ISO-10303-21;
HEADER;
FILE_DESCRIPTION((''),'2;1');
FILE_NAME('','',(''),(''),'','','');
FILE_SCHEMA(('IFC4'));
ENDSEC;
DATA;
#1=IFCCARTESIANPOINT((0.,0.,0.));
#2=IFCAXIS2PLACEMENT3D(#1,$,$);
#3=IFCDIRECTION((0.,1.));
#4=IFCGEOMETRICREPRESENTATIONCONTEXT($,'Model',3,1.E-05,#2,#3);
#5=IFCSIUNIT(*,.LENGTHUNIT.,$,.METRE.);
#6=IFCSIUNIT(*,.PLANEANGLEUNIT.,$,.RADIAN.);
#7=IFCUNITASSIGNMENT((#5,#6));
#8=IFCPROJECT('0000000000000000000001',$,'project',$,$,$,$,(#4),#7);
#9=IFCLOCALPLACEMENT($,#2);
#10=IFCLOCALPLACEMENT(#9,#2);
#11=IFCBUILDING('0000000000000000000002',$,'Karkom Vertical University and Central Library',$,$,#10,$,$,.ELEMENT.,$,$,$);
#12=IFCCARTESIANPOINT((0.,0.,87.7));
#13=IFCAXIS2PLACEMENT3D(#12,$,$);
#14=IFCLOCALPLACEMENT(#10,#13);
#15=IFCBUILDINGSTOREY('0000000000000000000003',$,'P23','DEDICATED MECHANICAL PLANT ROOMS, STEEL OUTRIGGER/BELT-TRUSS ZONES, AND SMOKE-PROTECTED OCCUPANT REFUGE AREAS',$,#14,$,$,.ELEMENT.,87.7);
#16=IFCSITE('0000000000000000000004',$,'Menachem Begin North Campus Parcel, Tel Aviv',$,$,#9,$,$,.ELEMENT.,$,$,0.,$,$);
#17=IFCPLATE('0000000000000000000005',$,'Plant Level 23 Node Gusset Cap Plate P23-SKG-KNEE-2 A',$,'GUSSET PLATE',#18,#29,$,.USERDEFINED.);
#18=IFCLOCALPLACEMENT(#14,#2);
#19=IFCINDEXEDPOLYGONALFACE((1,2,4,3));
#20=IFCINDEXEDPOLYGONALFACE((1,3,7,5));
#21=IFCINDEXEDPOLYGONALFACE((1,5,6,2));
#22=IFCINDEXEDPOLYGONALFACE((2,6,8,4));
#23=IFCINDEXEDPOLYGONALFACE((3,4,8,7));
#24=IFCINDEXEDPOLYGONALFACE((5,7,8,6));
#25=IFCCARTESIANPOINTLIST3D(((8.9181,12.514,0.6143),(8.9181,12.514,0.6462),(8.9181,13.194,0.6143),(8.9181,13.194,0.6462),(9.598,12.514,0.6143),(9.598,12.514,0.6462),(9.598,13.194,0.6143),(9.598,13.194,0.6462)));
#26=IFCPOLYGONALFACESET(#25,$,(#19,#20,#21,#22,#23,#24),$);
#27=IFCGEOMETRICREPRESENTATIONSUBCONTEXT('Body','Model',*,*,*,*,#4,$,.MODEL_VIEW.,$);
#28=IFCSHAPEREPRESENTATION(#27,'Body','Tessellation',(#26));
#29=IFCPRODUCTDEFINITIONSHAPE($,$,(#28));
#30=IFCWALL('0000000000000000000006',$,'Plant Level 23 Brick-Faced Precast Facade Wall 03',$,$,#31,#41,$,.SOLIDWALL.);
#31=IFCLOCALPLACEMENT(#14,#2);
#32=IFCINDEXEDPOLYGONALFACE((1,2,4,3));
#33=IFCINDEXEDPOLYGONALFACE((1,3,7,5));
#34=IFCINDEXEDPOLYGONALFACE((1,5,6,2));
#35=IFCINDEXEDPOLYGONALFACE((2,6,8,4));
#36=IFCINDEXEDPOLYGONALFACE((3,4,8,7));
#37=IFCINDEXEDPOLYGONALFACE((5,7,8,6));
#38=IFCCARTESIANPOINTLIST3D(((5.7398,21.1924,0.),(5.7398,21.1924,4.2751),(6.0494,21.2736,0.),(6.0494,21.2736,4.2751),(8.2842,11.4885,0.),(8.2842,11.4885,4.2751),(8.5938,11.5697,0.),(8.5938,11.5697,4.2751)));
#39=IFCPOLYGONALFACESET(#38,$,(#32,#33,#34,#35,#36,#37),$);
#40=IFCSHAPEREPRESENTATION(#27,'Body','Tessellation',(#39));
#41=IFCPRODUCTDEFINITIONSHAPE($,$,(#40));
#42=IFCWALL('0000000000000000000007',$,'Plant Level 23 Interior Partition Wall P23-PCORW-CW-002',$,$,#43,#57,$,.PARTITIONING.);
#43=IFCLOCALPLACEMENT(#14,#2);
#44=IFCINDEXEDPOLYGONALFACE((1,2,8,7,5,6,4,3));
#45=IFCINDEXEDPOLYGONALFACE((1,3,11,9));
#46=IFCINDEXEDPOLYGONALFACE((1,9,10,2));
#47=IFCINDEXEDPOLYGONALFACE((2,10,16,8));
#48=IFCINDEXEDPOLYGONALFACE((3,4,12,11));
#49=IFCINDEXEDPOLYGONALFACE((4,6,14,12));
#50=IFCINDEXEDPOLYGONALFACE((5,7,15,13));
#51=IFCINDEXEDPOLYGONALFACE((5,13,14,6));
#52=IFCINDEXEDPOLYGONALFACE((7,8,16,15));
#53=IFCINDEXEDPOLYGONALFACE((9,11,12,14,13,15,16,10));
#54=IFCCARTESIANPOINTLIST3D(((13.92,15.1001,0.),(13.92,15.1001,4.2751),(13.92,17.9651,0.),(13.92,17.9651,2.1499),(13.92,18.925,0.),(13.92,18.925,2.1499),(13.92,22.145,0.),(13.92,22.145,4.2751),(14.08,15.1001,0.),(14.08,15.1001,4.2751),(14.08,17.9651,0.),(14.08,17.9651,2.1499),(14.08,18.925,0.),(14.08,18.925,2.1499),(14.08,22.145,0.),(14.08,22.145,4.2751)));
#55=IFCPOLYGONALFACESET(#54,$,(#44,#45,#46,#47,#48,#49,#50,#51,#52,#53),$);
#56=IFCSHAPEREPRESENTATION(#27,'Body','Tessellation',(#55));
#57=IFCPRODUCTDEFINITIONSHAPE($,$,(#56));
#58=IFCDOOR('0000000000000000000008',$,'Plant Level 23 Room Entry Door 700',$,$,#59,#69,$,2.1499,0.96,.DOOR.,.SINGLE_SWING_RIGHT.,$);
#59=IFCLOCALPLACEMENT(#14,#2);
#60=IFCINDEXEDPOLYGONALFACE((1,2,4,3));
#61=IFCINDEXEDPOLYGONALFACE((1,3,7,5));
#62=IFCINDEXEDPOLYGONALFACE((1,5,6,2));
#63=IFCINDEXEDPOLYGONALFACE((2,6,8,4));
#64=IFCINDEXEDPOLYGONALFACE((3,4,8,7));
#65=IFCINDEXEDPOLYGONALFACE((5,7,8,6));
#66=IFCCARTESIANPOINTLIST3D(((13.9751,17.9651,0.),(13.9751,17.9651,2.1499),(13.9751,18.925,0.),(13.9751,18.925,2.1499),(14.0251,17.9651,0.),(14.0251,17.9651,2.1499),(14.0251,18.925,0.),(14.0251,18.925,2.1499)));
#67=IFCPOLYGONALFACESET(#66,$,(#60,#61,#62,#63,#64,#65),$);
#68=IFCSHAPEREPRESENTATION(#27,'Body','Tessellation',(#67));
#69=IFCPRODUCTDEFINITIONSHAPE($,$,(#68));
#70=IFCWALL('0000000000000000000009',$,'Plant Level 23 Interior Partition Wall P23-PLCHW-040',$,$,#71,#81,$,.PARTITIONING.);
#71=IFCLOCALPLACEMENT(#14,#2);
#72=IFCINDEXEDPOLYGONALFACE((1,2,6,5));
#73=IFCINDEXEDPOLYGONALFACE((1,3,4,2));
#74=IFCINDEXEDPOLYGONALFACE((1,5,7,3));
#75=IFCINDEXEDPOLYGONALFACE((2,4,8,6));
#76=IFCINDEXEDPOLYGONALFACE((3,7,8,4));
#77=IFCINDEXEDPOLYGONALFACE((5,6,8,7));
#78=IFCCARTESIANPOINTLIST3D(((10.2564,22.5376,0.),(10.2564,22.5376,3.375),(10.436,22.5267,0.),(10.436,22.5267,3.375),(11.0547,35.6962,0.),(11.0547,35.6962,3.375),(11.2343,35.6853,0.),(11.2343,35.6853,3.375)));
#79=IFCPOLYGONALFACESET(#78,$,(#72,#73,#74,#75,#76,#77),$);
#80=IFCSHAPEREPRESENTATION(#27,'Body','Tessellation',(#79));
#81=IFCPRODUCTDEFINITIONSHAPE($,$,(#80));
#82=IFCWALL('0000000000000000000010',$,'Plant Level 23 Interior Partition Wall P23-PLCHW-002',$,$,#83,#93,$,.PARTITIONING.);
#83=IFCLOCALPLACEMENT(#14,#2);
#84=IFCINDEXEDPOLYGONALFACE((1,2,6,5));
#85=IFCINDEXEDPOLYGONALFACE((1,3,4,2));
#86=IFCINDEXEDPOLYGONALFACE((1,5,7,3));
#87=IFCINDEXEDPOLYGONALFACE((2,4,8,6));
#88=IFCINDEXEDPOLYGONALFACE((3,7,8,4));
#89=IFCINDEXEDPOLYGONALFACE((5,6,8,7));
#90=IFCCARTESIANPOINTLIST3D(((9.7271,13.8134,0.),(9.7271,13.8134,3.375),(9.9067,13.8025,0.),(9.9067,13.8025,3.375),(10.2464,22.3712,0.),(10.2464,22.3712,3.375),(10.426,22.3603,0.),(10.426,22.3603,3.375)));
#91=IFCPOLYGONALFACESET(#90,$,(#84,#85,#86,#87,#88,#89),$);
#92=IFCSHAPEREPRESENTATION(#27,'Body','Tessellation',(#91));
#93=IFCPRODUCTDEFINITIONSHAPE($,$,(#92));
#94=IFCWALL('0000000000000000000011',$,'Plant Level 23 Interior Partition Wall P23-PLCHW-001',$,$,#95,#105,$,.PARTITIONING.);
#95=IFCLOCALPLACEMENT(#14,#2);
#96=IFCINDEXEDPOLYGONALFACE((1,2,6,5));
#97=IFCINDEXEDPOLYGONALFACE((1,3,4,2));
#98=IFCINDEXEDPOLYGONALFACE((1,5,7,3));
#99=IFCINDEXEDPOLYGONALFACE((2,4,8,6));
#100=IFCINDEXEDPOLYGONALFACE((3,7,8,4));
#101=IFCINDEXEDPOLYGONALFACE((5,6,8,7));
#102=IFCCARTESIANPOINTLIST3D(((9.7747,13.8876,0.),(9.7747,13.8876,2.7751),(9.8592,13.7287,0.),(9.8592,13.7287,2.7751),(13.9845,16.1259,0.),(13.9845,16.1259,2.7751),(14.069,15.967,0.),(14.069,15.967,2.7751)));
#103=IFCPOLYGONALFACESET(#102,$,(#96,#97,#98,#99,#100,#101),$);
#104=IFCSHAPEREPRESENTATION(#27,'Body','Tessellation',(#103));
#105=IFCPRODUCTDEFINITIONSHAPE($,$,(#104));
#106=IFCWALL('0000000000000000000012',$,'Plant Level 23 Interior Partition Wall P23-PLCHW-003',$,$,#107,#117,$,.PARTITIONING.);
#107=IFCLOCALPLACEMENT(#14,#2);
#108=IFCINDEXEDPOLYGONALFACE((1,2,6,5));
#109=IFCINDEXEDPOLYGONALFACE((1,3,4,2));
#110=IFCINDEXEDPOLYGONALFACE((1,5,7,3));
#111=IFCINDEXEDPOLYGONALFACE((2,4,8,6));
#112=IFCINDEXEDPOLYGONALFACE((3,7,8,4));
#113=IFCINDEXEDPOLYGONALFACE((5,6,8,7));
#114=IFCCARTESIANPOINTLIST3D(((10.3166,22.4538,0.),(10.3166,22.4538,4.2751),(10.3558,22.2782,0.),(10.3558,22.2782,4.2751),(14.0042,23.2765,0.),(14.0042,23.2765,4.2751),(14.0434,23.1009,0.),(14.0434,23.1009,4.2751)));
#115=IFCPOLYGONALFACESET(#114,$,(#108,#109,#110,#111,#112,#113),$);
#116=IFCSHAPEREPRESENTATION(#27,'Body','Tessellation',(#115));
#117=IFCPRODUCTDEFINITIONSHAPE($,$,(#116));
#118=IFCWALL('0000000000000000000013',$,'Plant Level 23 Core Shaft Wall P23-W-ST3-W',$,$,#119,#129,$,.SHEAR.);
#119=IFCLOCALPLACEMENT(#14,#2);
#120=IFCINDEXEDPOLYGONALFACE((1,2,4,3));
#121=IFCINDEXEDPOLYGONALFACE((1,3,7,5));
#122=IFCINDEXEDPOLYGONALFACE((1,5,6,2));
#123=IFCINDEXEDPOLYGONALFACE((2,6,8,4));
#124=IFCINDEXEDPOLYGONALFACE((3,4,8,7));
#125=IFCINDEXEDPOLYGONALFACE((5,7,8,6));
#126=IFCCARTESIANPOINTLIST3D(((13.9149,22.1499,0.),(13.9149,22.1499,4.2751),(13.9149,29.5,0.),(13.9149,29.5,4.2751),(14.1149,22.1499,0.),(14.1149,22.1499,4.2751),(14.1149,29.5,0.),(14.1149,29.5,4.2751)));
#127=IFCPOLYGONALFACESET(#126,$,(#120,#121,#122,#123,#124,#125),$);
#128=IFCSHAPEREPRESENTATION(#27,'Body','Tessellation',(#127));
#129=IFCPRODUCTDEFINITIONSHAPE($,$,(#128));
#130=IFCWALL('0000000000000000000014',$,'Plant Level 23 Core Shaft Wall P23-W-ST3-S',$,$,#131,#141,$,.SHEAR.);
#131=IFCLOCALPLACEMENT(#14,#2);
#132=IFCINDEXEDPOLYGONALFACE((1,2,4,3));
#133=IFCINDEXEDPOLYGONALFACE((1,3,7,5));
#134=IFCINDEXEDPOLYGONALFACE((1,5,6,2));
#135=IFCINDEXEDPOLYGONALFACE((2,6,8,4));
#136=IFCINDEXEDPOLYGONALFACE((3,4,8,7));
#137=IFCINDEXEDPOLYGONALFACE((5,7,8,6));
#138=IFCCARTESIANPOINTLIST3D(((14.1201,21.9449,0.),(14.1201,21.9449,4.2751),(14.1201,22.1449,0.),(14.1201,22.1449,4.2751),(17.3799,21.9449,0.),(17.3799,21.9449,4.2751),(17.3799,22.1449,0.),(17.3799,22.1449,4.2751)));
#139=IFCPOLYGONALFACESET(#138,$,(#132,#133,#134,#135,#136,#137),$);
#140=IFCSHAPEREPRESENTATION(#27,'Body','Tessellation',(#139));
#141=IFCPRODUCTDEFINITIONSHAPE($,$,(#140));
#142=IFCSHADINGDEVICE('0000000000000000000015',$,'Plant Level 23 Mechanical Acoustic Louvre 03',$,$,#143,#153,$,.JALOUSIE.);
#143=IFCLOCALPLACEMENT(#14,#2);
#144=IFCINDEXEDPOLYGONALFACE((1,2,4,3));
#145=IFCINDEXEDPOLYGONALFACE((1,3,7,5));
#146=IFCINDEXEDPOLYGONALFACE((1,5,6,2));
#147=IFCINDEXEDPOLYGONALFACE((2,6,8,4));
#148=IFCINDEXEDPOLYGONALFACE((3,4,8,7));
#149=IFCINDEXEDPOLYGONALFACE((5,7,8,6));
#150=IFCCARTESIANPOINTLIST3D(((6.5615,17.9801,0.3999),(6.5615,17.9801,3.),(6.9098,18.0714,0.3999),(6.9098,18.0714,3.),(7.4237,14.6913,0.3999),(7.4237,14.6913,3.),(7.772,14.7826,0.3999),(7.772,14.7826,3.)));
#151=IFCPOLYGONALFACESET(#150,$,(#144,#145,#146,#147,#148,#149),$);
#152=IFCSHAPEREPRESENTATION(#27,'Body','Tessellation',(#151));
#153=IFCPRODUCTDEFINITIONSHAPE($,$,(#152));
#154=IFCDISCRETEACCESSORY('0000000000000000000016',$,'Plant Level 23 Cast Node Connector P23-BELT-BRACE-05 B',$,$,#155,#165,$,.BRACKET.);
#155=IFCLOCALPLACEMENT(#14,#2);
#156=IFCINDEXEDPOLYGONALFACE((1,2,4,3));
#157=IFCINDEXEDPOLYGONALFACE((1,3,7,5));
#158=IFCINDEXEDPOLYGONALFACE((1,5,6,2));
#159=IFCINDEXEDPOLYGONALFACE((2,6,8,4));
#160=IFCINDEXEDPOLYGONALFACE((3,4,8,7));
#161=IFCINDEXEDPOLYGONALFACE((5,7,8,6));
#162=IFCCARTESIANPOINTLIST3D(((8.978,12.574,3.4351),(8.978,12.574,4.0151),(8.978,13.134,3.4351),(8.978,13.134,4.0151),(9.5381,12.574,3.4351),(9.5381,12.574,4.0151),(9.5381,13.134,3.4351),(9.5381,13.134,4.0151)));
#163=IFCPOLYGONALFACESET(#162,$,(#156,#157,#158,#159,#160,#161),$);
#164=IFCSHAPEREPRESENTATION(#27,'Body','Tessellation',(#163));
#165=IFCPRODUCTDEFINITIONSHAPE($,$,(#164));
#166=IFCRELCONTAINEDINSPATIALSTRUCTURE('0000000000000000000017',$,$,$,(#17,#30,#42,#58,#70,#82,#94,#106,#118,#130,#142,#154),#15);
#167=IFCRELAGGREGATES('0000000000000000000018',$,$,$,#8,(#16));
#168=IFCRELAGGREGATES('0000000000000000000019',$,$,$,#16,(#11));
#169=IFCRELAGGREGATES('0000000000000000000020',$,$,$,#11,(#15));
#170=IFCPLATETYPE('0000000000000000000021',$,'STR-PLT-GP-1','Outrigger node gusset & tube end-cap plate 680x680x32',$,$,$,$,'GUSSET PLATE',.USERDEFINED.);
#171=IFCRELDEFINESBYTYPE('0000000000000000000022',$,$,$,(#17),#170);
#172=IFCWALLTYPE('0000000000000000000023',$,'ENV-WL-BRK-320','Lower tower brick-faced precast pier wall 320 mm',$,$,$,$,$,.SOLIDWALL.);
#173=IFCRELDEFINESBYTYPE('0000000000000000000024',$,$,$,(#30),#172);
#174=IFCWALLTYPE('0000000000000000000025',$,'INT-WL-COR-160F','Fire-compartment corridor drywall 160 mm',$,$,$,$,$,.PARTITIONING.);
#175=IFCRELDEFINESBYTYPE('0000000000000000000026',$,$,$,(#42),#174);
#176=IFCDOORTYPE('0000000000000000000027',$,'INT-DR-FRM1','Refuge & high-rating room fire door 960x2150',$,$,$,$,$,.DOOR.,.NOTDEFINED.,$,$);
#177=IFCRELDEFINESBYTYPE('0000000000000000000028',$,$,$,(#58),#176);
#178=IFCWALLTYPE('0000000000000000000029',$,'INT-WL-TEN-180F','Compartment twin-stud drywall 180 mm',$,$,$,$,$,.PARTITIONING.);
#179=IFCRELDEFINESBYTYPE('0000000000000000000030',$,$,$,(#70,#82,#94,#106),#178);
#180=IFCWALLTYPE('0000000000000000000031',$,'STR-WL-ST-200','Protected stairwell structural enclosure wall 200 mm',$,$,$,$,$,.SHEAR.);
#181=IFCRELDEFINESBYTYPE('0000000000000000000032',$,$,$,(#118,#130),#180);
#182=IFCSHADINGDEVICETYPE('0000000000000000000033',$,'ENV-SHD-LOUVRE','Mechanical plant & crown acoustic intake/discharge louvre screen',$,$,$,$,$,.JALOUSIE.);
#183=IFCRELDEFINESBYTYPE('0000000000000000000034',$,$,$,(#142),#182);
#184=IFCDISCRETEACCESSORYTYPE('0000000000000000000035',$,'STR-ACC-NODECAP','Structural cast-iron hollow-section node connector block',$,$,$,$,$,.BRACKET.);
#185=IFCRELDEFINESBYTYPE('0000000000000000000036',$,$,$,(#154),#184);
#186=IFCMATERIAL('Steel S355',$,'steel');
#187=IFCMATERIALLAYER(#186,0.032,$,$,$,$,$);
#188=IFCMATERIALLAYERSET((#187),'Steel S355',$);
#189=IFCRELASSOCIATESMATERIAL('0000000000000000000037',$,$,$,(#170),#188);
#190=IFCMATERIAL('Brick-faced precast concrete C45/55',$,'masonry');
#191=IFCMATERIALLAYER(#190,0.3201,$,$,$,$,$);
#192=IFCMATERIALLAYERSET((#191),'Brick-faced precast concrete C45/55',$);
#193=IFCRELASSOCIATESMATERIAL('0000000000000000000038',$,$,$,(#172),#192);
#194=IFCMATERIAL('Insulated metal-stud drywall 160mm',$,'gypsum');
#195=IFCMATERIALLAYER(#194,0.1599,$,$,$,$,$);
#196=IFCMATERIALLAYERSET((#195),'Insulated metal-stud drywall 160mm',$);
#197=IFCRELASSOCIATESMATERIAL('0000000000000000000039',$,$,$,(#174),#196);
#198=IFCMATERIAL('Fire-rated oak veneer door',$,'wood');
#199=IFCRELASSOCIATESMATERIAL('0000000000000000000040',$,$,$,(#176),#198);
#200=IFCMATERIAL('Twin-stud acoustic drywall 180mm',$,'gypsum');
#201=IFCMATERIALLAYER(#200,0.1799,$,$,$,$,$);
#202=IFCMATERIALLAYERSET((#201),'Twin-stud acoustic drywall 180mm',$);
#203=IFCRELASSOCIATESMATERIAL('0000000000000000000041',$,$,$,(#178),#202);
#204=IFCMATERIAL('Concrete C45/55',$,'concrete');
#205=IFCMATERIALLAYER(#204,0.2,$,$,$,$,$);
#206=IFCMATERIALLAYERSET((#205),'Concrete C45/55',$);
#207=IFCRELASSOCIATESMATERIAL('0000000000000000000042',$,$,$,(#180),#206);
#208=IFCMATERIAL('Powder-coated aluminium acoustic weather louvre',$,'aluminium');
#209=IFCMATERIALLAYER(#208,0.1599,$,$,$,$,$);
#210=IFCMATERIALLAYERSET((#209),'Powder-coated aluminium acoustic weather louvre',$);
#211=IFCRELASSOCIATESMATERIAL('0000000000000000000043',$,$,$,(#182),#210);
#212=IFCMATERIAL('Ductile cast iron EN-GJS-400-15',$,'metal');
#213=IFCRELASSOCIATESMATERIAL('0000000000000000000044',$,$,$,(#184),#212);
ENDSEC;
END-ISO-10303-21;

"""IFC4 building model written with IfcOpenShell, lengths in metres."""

from ifc_helpers import new_model, si_unit, direction, frame, frame_2d, origin, origin_with_axes, origin_2d, place, context, subcontext, project, spatial, rectangle, extrude, source, transform, mapped, material, layer, layer_set, type_object, element, fill, save


model = new_model("IFC4")

# Units and contexts
model_context = context("Model", 3, precision=1e-05, world=origin(), true_north=direction((0.0, 1.0)))
body_context = subcontext(model_context, "Body", "Model", "MODEL_VIEW")
ifc_project = project(units=[si_unit("LENGTHUNIT", "METRE"), si_unit("PLANEANGLEUNIT", "RADIAN")], contexts=[model_context])

# Site, building, storey
site_placement = place(None, origin())
site = spatial("IfcSite", under=ifc_project, at=site_placement, Name="Menachem Begin North Campus Parcel, Tel Aviv", CompositionType="ELEMENT", RefElevation=0.0)
building_placement = place(site_placement, origin())
building = spatial("IfcBuilding", under=site, at=building_placement, Name="Karkom Vertical University and Central Library", CompositionType="ELEMENT")
storey_placement = place(building_placement, frame((0.0, 0.0, 87.7)))
storey = spatial("IfcBuildingStorey", under=building, at=storey_placement, Name="P23", Description="DEDICATED MECHANICAL PLANT ROOMS, STEEL OUTRIGGER/BELT-TRUSS ZONES, AND SMOKE-PROTECTED OCCUPANT REFUGE AREAS", CompositionType="ELEMENT", Elevation=87.7)

# Shared definitions
ifc_material_1 = material(Name="Steel S355", Category="steel")

# Plate
ifc_layer_1 = layer(ifc_material_1, 0.032)
ifc_layer_set_1 = layer_set([ifc_layer_1], Name="Steel S355")
plate_type_1 = type_object("IfcPlateType", Name="STR-PLT-GP-1", Description="Outrigger node gusset & tube end-cap plate 680x680x32", ElementType="GUSSET PLATE", PredefinedType="USERDEFINED", material=ifc_layer_set_1)
shared_shape_1 = source(origin_with_axes(), body_context, "Body", "SweptSolid", [
    extrude(rectangle(XDim=0.6799, YDim=0.6799, at=origin_2d()), origin(), (0.0, 0.0, 1.0), 0.032),
])
plate_1_placement = place(storey_placement, frame((9.2581, 12.854, 0.6143), z_axis=(0.0, 0.0, 1.0), x_axis=(1.0, 0.0, 0.0)))
element("IfcPlate", 1, at=plate_1_placement, inside=storey, type_object=plate_type_1, Name="Plant Level 23 Node Gusset Cap Plate P23-SKG-KNEE-2 A", ObjectType="GUSSET PLATE", PredefinedType="USERDEFINED", context=body_context, shape_type="MappedRepresentation", body=[
    mapped(shared_shape_1, transform((0.0, 0.0, 0.0), scale=1.0)),
])

# Wall
ifc_material_2 = material(Name="Brick-faced precast concrete C45/55", Category="masonry")
ifc_layer_2 = layer(ifc_material_2, 0.3201)
ifc_layer_set_2 = layer_set([ifc_layer_2], Name="Brick-faced precast concrete C45/55")
wall_type_1 = type_object("IfcWallType", Name="ENV-WL-BRK-320", Description="Lower tower brick-faced precast pier wall 320 mm", PredefinedType="SOLIDWALL", material=ifc_layer_set_2)
wall_1_placement = place(storey_placement, frame((5.8945, 21.2332, 0.0), z_axis=(0.0, 0.0, 1.0), x_axis=(0.253634, -0.9673, 0.0)))
element("IfcWall", 2, at=wall_1_placement, inside=storey, type_object=wall_type_1, Name="Plant Level 23 Brick-Faced Precast Facade Wall 03", PredefinedType="SOLIDWALL", context=body_context, shape_type="SweptSolid", body=[
    extrude(rectangle(XDim=10.032, YDim=0.3201, at=frame_2d((5.0161, 0.0))), origin(), (0.0, 0.0, 1.0), 4.2751),
])

# Wall, opening, door
ifc_material_3 = material(Name="Insulated metal-stud drywall 160mm", Category="gypsum")
ifc_layer_3 = layer(ifc_material_3, 0.1599)
ifc_layer_set_3 = layer_set([ifc_layer_3], Name="Insulated metal-stud drywall 160mm")
wall_type_2 = type_object("IfcWallType", Name="INT-WL-COR-160F", Description="Fire-compartment corridor drywall 160 mm", PredefinedType="PARTITIONING", material=ifc_layer_set_3)
wall_2_placement = place(storey_placement, frame((14.0, 15.1001, 0.0), z_axis=(0.0, 0.0, 1.0), x_axis=(0.0, 1.0, 0.0)))
wall_2 = element("IfcWall", 3, at=wall_2_placement, inside=storey, type_object=wall_type_2, Name="Plant Level 23 Interior Partition Wall P23-PCORW-CW-002", PredefinedType="PARTITIONING", context=body_context, shape_type="SweptSolid", body=[
    extrude(rectangle(XDim=7.0449, YDim=0.1599, at=frame_2d((3.5225, 0.0))), origin(), (0.0, 0.0, 1.0), 4.2751),
])
opening_placement = place(wall_2_placement, frame((2.865, 0.0, 0.0)))
opening = element("IfcOpeningElement", 4, at=opening_placement, cuts=wall_2, PredefinedType="OPENING", context=body_context, shape_type="SweptSolid", body=[
    extrude(rectangle(XDim=0.96, YDim=2.1499, at=frame_2d((0.48, 1.075))), frame((0.0, 0.0898, 0.0), z_axis=(0.0, -1.0, 0.0), x_axis=(1.0, 0.0, 0.0)), (0.0, 0.0, 1.0), 0.1799),
])
ifc_material_4 = material(Name="Fire-rated oak veneer door", Category="wood")
door_type = type_object("IfcDoorType", Name="INT-DR-FRM1", Description="Refuge & high-rating room fire door 960x2150", OperationType="NOTDEFINED", PredefinedType="DOOR", material=ifc_material_4)
shared_shape_2 = source(origin_with_axes(), body_context, "Body", "SweptSolid", [
    extrude(rectangle(XDim=0.96, YDim=2.1499, at=frame_2d((0.48, 1.075))), frame((0.0, 0.0249, 0.0), z_axis=(0.0, -1.0, 0.0), x_axis=(1.0, 0.0, 0.0)), (0.0, 0.0, 1.0), 0.05),
])
door_placement = place(opening_placement, origin())
door = element("IfcDoor", 5, at=door_placement, inside=storey, type_object=door_type, Name="Plant Level 23 Room Entry Door 700", OperationType="SINGLE_SWING_RIGHT", OverallHeight=2.1499, OverallWidth=0.96, PredefinedType="DOOR", context=body_context, shape_type="MappedRepresentation", body=[
    mapped(shared_shape_2, transform((0.0, 0.0, 0.0), scale=1.0)),
])
fill(opening, door)

# Walls
ifc_material_5 = material(Name="Twin-stud acoustic drywall 180mm", Category="gypsum")
ifc_layer_4 = layer(ifc_material_5, 0.1799)
ifc_layer_set_4 = layer_set([ifc_layer_4], Name="Twin-stud acoustic drywall 180mm")
wall_type_3 = type_object("IfcWallType", Name="INT-WL-TEN-180F", Description="Compartment twin-stud drywall 180 mm", PredefinedType="PARTITIONING", material=ifc_layer_set_4)
wall_3_placement = place(storey_placement, frame((10.3462, 22.5322, 0.0), z_axis=(0.0, 0.0, 1.0), x_axis=(0.060559, 0.998165, 0.0)))
element("IfcWall", 6, at=wall_3_placement, inside=storey, type_object=wall_type_3, Name="Plant Level 23 Interior Partition Wall P23-PLCHW-040", PredefinedType="PARTITIONING", context=body_context, shape_type="SweptSolid", body=[
    extrude(rectangle(XDim=13.1829, YDim=0.1799, at=frame_2d((6.5913, 0.0))), origin(), (0.0, 0.0, 1.0), 3.375),
])
wall_4_placement = place(storey_placement, frame((9.8169, 13.8081, 0.0), z_axis=(0.0, 0.0, 1.0), x_axis=(0.060568, 0.998164, 0.0)))
element("IfcWall", 7, at=wall_4_placement, inside=storey, type_object=wall_type_3, Name="Plant Level 23 Interior Partition Wall P23-PLCHW-002", PredefinedType="PARTITIONING", context=body_context, shape_type="SweptSolid", body=[
    extrude(rectangle(XDim=8.5735, YDim=0.1799, at=frame_2d((4.2866, 0.0))), origin(), (0.0, 0.0, 1.0), 3.375),
])
wall_5_placement = place(storey_placement, frame((14.0266, 16.0464, 0.0), z_axis=(0.0, 0.0, 1.0), x_axis=(-0.882953, -0.469461, 0.0)))
element("IfcWall", 8, at=wall_5_placement, inside=storey, type_object=wall_type_3, Name="Plant Level 23 Interior Partition Wall P23-PLCHW-001", PredefinedType="PARTITIONING", context=body_context, shape_type="SweptSolid", body=[
    extrude(rectangle(XDim=4.7678, YDim=0.1799, at=frame_2d((2.3838, 0.0))), origin(), (0.0, 0.0, 1.0), 2.7751),
])
wall_6_placement = place(storey_placement, frame((10.3362, 22.366, 0.0), z_axis=(0.0, 0.0, 1.0), x_axis=(0.976004, 0.217751, 0.0)))
element("IfcWall", 9, at=wall_6_placement, inside=storey, type_object=wall_type_3, Name="Plant Level 23 Interior Partition Wall P23-PLCHW-003", PredefinedType="PARTITIONING", context=body_context, shape_type="SweptSolid", body=[
    extrude(rectangle(XDim=3.7783, YDim=0.1799, at=frame_2d((1.8892, 0.0))), origin(), (0.0, 0.0, 1.0), 4.2751),
])
ifc_material_6 = material(Name="Concrete C45/55", Category="concrete")
ifc_layer_5 = layer(ifc_material_6, 0.2)
ifc_layer_set_5 = layer_set([ifc_layer_5], Name="Concrete C45/55")
wall_type_4 = type_object("IfcWallType", Name="STR-WL-ST-200", Description="Protected stairwell structural enclosure wall 200 mm", PredefinedType="SHEAR", material=ifc_layer_set_5)
wall_7_placement = place(storey_placement, frame((14.0149, 22.1499, 0.0), z_axis=(0.0, 0.0, 1.0), x_axis=(0.0, 1.0, 0.0)))
element("IfcWall", 10, at=wall_7_placement, inside=storey, type_object=wall_type_4, Name="Plant Level 23 Core Shaft Wall P23-W-ST3-W", PredefinedType="SHEAR", context=body_context, shape_type="SweptSolid", body=[
    extrude(rectangle(XDim=7.3501, YDim=0.2, at=frame_2d((3.675, 0.0))), origin(), (0.0, 0.0, 1.0), 4.2751),
])
wall_8_placement = place(storey_placement, frame((14.1201, 22.0449, 0.0), z_axis=(0.0, 0.0, 1.0), x_axis=(1.0, 0.0, 0.0)))
element("IfcWall", 11, at=wall_8_placement, inside=storey, type_object=wall_type_4, Name="Plant Level 23 Core Shaft Wall P23-W-ST3-S", PredefinedType="SHEAR", context=body_context, shape_type="SweptSolid", body=[
    extrude(rectangle(XDim=3.2598, YDim=0.2, at=frame_2d((1.6299, 0.0))), origin(), (0.0, 0.0, 1.0), 4.2751),
])

# Shading device
ifc_material_7 = material(Name="Powder-coated aluminium acoustic weather louvre", Category="aluminium")
ifc_layer_6 = layer(ifc_material_7, 0.1599)
ifc_layer_set_6 = layer_set([ifc_layer_6], Name="Powder-coated aluminium acoustic weather louvre")
shading_device_type = type_object("IfcShadingDeviceType", Name="ENV-SHD-LOUVRE", Description="Mechanical plant & crown acoustic intake/discharge louvre screen", PredefinedType="JALOUSIE", material=ifc_layer_set_6)
shared_shape_3 = source(origin_with_axes(), body_context, "Body", "SweptSolid", [
    extrude(rectangle(XDim=3.3999, YDim=0.3601, at=origin_2d()), origin(), (0.0, 0.0, 1.0), 2.6001),
])
shading_device_placement = place(storey_placement, frame((7.1667, 16.3813, 0.3999), z_axis=(0.0, 0.0, 1.0), x_axis=(0.253589, -0.967312, 0.0)))
element("IfcShadingDevice", 12, at=shading_device_placement, inside=storey, type_object=shading_device_type, Name="Plant Level 23 Mechanical Acoustic Louvre 03", PredefinedType="JALOUSIE", context=body_context, shape_type="MappedRepresentation", body=[
    mapped(shared_shape_3, transform((0.0, 0.0, 0.0), scale=1.0)),
])

# Discrete accessory
ifc_material_8 = material(Name="Ductile cast iron EN-GJS-400-15", Category="metal")
discrete_accessory_type = type_object("IfcDiscreteAccessoryType", Name="STR-ACC-NODECAP", Description="Structural cast-iron hollow-section node connector block", PredefinedType="BRACKET", material=ifc_material_8)
shared_shape_4 = source(origin_with_axes(), body_context, "Body", "SweptSolid", [
    extrude(rectangle(XDim=0.5601, YDim=0.5601, at=origin_2d()), origin(), (0.0, 0.0, 1.0), 0.5801),
])
discrete_accessory_1_placement = place(storey_placement, frame((9.2581, 12.854, 3.4351), z_axis=(0.0, 0.0, 1.0), x_axis=(1.0, 0.0, 0.0)))
element("IfcDiscreteAccessory", 13, at=discrete_accessory_1_placement, inside=storey, type_object=discrete_accessory_type, Name="Plant Level 23 Cast Node Connector P23-BELT-BRACE-05 B", PredefinedType="BRACKET", context=body_context, shape_type="MappedRepresentation", body=[
    mapped(shared_shape_4, transform((0.0, 0.0, 0.0), scale=1.0)),
])

save(model, "model.ifc")
